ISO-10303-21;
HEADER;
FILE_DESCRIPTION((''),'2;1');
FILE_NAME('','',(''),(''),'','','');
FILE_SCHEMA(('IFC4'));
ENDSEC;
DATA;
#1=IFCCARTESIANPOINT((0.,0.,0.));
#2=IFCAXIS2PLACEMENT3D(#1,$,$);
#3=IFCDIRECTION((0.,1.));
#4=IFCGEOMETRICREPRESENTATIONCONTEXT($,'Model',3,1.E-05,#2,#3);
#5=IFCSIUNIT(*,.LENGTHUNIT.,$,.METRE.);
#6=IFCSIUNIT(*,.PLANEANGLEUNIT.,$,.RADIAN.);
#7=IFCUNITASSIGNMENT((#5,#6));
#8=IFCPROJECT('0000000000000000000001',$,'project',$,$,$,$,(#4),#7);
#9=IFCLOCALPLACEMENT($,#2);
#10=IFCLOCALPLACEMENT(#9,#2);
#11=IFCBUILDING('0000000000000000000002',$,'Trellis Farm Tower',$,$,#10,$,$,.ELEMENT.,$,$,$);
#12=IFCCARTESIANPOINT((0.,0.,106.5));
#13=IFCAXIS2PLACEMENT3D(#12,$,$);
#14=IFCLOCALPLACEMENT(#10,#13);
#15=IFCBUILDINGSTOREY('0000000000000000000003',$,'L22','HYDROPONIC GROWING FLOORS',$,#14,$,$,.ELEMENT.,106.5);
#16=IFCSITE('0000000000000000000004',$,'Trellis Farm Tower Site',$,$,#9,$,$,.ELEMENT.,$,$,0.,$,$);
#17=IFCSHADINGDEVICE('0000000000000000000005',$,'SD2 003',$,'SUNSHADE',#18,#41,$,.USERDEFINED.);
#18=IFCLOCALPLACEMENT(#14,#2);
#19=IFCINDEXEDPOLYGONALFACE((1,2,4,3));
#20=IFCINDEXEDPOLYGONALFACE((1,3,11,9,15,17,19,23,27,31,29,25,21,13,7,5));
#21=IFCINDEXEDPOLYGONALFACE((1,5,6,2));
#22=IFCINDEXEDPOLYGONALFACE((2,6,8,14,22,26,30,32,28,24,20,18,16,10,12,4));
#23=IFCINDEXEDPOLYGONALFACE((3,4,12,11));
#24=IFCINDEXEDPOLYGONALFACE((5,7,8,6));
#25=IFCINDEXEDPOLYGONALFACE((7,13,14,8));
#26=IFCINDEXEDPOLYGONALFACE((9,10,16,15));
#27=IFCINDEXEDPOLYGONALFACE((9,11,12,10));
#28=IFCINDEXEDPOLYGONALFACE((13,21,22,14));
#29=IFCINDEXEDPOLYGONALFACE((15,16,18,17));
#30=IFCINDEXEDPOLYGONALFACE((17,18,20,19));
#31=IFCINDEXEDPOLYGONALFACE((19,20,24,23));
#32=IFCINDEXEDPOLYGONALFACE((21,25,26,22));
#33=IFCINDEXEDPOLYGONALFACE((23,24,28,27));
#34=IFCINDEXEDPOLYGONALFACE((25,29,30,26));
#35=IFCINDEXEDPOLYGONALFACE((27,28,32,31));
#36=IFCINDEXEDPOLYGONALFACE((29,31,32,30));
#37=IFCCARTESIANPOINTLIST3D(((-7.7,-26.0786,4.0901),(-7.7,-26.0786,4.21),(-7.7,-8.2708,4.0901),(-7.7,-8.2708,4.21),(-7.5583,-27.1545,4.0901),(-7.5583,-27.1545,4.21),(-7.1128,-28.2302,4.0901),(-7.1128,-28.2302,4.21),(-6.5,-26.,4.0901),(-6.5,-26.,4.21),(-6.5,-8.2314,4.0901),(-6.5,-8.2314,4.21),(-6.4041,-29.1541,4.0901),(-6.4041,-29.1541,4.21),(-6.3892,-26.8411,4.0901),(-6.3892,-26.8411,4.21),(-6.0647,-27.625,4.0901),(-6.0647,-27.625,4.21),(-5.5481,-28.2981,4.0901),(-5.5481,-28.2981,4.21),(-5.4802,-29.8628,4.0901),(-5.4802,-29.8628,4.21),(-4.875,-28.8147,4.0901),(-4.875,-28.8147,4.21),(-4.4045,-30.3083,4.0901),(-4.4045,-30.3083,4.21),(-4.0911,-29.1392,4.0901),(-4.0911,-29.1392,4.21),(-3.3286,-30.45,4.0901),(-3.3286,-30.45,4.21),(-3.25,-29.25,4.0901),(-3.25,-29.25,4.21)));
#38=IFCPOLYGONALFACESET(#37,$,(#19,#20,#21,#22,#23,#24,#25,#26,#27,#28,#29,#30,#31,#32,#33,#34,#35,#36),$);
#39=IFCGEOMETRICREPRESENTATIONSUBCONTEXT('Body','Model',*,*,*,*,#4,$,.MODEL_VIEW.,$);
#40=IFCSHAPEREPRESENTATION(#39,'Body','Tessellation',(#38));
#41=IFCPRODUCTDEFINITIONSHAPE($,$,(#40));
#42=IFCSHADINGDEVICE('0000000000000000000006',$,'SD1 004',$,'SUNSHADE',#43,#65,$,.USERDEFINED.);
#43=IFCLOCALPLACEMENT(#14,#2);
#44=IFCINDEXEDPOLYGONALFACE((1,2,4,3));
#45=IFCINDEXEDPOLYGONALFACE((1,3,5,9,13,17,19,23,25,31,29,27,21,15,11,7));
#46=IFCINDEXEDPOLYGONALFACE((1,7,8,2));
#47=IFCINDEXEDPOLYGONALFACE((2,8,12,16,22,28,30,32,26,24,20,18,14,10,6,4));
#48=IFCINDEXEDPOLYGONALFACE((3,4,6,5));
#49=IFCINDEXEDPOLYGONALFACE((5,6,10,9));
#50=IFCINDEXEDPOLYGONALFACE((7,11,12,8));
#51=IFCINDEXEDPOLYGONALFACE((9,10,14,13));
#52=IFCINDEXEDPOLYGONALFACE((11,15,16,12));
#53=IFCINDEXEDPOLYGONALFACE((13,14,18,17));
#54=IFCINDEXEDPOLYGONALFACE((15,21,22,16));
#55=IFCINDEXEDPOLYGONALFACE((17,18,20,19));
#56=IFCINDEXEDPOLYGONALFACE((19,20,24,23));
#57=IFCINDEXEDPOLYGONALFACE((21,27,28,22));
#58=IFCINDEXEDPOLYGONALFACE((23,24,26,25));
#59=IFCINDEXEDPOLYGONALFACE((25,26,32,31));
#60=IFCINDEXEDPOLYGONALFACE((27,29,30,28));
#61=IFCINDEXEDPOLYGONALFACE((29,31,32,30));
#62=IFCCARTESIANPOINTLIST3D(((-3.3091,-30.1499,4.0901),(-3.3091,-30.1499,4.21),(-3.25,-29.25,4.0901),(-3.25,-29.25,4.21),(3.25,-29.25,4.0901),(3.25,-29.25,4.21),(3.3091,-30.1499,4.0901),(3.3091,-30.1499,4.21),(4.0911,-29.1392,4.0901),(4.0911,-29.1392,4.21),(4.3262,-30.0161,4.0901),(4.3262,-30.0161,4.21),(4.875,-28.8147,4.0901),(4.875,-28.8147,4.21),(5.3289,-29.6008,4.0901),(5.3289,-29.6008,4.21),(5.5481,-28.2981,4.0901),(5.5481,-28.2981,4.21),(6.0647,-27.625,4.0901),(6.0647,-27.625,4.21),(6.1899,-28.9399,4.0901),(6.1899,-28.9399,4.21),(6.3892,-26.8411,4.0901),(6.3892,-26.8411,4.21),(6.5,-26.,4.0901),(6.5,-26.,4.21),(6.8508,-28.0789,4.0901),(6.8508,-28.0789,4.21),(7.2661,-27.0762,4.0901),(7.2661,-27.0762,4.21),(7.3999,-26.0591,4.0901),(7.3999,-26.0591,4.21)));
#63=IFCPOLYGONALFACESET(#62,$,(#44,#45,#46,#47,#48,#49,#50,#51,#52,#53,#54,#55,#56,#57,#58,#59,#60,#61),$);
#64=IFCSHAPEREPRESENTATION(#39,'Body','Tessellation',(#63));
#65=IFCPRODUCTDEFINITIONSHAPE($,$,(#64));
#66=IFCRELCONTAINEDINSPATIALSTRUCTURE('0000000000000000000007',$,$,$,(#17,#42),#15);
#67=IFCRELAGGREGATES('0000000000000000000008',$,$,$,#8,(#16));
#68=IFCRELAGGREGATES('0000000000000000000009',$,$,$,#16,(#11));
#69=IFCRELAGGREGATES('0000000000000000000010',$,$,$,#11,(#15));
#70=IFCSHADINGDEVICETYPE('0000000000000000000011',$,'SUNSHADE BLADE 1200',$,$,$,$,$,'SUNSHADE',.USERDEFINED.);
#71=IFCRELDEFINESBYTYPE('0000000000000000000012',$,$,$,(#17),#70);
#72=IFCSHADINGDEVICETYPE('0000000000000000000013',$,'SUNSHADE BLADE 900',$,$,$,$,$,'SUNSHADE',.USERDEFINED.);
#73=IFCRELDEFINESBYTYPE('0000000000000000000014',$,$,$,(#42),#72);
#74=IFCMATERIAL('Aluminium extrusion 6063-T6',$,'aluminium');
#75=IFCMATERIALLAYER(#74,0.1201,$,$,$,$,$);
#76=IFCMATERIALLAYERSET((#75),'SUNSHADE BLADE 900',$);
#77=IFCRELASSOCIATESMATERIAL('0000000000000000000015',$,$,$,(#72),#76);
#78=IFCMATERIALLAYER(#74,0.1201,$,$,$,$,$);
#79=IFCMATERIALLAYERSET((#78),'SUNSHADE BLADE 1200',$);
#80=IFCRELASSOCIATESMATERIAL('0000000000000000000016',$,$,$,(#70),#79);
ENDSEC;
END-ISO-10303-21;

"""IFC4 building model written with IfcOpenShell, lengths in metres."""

from ifc_helpers import new_model, si_unit, direction, frame, origin, place, context, subcontext, project, spatial, polyline, outline, extrude, source, transform, mapped, material, layer, layer_set, type_object, element, save


model = new_model("IFC4")

# Units and contexts
model_context = context("Model", 3, precision=1e-05, world=origin(), true_north=direction((0.0, 1.0)))
body_context = subcontext(model_context, "Body", "Model", "MODEL_VIEW")
ifc_project = project(units=[si_unit("LENGTHUNIT", "METRE"), si_unit("PLANEANGLEUNIT", "RADIAN")], contexts=[model_context])

# Site, building, storey
site_placement = place(None, origin())
site = spatial("IfcSite", under=ifc_project, at=site_placement, Name="Trellis Farm Tower Site", CompositionType="ELEMENT", RefElevation=0.0)
building_placement = place(site_placement, origin())
building = spatial("IfcBuilding", under=site, at=building_placement, Name="Trellis Farm Tower", CompositionType="ELEMENT")
storey_placement = place(building_placement, frame((0.0, 0.0, 106.5)))
storey = spatial("IfcBuildingStorey", under=building, at=storey_placement, Name="L22", Description="HYDROPONIC GROWING FLOORS", CompositionType="ELEMENT", Elevation=106.5)

# Shared definitions
ifc_material_1 = material(Name="Aluminium extrusion 6063-T6", Category="aluminium")

# Shading devices
ifc_layer_1 = layer(ifc_material_1, 0.1201)
ifc_layer_set_1 = layer_set([ifc_layer_1], Name="SUNSHADE BLADE 900")
shading_device_type_1 = type_object("IfcShadingDeviceType", Name="SUNSHADE BLADE 900", ElementType="SUNSHADE", PredefinedType="USERDEFINED", material=ifc_layer_set_1)
placement_1 = place(storey_placement, frame((0.0, 0.0, 4.0901)))
ifc_layer_2 = layer(ifc_material_1, 0.1201)
ifc_layer_set_2 = layer_set([ifc_layer_2], Name="SUNSHADE BLADE 1200")
shading_device_type_2 = type_object("IfcShadingDeviceType", Name="SUNSHADE BLADE 1200", ElementType="SUNSHADE", PredefinedType="USERDEFINED", material=ifc_layer_set_2)
shared_shape_1 = source(origin(), body_context, "Body", "SweptSolid", [
    extrude(outline(polyline([(-7.7, -8.2708), (-7.7, -26.0786), (-7.5583, -27.1545), (-7.1128, -28.2302), (-6.4041, -29.1541), (-5.4802, -29.8628), (-4.4045, -30.3083), (-3.3286, -30.45), (-3.25, -29.25), (-4.0911, -29.1392), (-4.875, -28.8147), (-5.5481, -28.2981), (-6.0647, -27.625), (-6.3892, -26.8411), (-6.5, -26.0), (-6.5, -8.2314), (-7.7, -8.2708)])), origin(), (0.0, 0.0, 1.0), 0.1199),
])
element("IfcShadingDevice", 1, at=placement_1, inside=storey, type_object=shading_device_type_2, Name="SD2 003", ObjectType="SUNSHADE", PredefinedType="USERDEFINED", context=body_context, shape_type="MappedRepresentation", body=[
    mapped(shared_shape_1, transform((0.0, 0.0, 0.0))),
])
shared_shape_2 = source(origin(), body_context, "Body", "SweptSolid", [
    extrude(outline(polyline([(-3.3091, -30.1499), (3.3091, -30.1499), (4.3262, -30.0161), (5.3289, -29.6008), (6.1899, -28.9399), (6.8508, -28.0789), (7.2661, -27.0762), (7.3999, -26.0591), (6.5, -26.0), (6.3892, -26.8411), (6.0647, -27.625), (5.5481, -28.2981), (4.875, -28.8147), (4.0911, -29.1392), (3.25, -29.25), (-3.25, -29.25), (-3.3091, -30.1499)])), origin(), (0.0, 0.0, 1.0), 0.1199),
])
element("IfcShadingDevice", 2, at=placement_1, inside=storey, type_object=shading_device_type_1, Name="SD1 004", ObjectType="SUNSHADE", PredefinedType="USERDEFINED", context=body_context, shape_type="MappedRepresentation", body=[
    mapped(shared_shape_2, transform((0.0, 0.0, 0.0))),
])

save(model, "model.ifc")
